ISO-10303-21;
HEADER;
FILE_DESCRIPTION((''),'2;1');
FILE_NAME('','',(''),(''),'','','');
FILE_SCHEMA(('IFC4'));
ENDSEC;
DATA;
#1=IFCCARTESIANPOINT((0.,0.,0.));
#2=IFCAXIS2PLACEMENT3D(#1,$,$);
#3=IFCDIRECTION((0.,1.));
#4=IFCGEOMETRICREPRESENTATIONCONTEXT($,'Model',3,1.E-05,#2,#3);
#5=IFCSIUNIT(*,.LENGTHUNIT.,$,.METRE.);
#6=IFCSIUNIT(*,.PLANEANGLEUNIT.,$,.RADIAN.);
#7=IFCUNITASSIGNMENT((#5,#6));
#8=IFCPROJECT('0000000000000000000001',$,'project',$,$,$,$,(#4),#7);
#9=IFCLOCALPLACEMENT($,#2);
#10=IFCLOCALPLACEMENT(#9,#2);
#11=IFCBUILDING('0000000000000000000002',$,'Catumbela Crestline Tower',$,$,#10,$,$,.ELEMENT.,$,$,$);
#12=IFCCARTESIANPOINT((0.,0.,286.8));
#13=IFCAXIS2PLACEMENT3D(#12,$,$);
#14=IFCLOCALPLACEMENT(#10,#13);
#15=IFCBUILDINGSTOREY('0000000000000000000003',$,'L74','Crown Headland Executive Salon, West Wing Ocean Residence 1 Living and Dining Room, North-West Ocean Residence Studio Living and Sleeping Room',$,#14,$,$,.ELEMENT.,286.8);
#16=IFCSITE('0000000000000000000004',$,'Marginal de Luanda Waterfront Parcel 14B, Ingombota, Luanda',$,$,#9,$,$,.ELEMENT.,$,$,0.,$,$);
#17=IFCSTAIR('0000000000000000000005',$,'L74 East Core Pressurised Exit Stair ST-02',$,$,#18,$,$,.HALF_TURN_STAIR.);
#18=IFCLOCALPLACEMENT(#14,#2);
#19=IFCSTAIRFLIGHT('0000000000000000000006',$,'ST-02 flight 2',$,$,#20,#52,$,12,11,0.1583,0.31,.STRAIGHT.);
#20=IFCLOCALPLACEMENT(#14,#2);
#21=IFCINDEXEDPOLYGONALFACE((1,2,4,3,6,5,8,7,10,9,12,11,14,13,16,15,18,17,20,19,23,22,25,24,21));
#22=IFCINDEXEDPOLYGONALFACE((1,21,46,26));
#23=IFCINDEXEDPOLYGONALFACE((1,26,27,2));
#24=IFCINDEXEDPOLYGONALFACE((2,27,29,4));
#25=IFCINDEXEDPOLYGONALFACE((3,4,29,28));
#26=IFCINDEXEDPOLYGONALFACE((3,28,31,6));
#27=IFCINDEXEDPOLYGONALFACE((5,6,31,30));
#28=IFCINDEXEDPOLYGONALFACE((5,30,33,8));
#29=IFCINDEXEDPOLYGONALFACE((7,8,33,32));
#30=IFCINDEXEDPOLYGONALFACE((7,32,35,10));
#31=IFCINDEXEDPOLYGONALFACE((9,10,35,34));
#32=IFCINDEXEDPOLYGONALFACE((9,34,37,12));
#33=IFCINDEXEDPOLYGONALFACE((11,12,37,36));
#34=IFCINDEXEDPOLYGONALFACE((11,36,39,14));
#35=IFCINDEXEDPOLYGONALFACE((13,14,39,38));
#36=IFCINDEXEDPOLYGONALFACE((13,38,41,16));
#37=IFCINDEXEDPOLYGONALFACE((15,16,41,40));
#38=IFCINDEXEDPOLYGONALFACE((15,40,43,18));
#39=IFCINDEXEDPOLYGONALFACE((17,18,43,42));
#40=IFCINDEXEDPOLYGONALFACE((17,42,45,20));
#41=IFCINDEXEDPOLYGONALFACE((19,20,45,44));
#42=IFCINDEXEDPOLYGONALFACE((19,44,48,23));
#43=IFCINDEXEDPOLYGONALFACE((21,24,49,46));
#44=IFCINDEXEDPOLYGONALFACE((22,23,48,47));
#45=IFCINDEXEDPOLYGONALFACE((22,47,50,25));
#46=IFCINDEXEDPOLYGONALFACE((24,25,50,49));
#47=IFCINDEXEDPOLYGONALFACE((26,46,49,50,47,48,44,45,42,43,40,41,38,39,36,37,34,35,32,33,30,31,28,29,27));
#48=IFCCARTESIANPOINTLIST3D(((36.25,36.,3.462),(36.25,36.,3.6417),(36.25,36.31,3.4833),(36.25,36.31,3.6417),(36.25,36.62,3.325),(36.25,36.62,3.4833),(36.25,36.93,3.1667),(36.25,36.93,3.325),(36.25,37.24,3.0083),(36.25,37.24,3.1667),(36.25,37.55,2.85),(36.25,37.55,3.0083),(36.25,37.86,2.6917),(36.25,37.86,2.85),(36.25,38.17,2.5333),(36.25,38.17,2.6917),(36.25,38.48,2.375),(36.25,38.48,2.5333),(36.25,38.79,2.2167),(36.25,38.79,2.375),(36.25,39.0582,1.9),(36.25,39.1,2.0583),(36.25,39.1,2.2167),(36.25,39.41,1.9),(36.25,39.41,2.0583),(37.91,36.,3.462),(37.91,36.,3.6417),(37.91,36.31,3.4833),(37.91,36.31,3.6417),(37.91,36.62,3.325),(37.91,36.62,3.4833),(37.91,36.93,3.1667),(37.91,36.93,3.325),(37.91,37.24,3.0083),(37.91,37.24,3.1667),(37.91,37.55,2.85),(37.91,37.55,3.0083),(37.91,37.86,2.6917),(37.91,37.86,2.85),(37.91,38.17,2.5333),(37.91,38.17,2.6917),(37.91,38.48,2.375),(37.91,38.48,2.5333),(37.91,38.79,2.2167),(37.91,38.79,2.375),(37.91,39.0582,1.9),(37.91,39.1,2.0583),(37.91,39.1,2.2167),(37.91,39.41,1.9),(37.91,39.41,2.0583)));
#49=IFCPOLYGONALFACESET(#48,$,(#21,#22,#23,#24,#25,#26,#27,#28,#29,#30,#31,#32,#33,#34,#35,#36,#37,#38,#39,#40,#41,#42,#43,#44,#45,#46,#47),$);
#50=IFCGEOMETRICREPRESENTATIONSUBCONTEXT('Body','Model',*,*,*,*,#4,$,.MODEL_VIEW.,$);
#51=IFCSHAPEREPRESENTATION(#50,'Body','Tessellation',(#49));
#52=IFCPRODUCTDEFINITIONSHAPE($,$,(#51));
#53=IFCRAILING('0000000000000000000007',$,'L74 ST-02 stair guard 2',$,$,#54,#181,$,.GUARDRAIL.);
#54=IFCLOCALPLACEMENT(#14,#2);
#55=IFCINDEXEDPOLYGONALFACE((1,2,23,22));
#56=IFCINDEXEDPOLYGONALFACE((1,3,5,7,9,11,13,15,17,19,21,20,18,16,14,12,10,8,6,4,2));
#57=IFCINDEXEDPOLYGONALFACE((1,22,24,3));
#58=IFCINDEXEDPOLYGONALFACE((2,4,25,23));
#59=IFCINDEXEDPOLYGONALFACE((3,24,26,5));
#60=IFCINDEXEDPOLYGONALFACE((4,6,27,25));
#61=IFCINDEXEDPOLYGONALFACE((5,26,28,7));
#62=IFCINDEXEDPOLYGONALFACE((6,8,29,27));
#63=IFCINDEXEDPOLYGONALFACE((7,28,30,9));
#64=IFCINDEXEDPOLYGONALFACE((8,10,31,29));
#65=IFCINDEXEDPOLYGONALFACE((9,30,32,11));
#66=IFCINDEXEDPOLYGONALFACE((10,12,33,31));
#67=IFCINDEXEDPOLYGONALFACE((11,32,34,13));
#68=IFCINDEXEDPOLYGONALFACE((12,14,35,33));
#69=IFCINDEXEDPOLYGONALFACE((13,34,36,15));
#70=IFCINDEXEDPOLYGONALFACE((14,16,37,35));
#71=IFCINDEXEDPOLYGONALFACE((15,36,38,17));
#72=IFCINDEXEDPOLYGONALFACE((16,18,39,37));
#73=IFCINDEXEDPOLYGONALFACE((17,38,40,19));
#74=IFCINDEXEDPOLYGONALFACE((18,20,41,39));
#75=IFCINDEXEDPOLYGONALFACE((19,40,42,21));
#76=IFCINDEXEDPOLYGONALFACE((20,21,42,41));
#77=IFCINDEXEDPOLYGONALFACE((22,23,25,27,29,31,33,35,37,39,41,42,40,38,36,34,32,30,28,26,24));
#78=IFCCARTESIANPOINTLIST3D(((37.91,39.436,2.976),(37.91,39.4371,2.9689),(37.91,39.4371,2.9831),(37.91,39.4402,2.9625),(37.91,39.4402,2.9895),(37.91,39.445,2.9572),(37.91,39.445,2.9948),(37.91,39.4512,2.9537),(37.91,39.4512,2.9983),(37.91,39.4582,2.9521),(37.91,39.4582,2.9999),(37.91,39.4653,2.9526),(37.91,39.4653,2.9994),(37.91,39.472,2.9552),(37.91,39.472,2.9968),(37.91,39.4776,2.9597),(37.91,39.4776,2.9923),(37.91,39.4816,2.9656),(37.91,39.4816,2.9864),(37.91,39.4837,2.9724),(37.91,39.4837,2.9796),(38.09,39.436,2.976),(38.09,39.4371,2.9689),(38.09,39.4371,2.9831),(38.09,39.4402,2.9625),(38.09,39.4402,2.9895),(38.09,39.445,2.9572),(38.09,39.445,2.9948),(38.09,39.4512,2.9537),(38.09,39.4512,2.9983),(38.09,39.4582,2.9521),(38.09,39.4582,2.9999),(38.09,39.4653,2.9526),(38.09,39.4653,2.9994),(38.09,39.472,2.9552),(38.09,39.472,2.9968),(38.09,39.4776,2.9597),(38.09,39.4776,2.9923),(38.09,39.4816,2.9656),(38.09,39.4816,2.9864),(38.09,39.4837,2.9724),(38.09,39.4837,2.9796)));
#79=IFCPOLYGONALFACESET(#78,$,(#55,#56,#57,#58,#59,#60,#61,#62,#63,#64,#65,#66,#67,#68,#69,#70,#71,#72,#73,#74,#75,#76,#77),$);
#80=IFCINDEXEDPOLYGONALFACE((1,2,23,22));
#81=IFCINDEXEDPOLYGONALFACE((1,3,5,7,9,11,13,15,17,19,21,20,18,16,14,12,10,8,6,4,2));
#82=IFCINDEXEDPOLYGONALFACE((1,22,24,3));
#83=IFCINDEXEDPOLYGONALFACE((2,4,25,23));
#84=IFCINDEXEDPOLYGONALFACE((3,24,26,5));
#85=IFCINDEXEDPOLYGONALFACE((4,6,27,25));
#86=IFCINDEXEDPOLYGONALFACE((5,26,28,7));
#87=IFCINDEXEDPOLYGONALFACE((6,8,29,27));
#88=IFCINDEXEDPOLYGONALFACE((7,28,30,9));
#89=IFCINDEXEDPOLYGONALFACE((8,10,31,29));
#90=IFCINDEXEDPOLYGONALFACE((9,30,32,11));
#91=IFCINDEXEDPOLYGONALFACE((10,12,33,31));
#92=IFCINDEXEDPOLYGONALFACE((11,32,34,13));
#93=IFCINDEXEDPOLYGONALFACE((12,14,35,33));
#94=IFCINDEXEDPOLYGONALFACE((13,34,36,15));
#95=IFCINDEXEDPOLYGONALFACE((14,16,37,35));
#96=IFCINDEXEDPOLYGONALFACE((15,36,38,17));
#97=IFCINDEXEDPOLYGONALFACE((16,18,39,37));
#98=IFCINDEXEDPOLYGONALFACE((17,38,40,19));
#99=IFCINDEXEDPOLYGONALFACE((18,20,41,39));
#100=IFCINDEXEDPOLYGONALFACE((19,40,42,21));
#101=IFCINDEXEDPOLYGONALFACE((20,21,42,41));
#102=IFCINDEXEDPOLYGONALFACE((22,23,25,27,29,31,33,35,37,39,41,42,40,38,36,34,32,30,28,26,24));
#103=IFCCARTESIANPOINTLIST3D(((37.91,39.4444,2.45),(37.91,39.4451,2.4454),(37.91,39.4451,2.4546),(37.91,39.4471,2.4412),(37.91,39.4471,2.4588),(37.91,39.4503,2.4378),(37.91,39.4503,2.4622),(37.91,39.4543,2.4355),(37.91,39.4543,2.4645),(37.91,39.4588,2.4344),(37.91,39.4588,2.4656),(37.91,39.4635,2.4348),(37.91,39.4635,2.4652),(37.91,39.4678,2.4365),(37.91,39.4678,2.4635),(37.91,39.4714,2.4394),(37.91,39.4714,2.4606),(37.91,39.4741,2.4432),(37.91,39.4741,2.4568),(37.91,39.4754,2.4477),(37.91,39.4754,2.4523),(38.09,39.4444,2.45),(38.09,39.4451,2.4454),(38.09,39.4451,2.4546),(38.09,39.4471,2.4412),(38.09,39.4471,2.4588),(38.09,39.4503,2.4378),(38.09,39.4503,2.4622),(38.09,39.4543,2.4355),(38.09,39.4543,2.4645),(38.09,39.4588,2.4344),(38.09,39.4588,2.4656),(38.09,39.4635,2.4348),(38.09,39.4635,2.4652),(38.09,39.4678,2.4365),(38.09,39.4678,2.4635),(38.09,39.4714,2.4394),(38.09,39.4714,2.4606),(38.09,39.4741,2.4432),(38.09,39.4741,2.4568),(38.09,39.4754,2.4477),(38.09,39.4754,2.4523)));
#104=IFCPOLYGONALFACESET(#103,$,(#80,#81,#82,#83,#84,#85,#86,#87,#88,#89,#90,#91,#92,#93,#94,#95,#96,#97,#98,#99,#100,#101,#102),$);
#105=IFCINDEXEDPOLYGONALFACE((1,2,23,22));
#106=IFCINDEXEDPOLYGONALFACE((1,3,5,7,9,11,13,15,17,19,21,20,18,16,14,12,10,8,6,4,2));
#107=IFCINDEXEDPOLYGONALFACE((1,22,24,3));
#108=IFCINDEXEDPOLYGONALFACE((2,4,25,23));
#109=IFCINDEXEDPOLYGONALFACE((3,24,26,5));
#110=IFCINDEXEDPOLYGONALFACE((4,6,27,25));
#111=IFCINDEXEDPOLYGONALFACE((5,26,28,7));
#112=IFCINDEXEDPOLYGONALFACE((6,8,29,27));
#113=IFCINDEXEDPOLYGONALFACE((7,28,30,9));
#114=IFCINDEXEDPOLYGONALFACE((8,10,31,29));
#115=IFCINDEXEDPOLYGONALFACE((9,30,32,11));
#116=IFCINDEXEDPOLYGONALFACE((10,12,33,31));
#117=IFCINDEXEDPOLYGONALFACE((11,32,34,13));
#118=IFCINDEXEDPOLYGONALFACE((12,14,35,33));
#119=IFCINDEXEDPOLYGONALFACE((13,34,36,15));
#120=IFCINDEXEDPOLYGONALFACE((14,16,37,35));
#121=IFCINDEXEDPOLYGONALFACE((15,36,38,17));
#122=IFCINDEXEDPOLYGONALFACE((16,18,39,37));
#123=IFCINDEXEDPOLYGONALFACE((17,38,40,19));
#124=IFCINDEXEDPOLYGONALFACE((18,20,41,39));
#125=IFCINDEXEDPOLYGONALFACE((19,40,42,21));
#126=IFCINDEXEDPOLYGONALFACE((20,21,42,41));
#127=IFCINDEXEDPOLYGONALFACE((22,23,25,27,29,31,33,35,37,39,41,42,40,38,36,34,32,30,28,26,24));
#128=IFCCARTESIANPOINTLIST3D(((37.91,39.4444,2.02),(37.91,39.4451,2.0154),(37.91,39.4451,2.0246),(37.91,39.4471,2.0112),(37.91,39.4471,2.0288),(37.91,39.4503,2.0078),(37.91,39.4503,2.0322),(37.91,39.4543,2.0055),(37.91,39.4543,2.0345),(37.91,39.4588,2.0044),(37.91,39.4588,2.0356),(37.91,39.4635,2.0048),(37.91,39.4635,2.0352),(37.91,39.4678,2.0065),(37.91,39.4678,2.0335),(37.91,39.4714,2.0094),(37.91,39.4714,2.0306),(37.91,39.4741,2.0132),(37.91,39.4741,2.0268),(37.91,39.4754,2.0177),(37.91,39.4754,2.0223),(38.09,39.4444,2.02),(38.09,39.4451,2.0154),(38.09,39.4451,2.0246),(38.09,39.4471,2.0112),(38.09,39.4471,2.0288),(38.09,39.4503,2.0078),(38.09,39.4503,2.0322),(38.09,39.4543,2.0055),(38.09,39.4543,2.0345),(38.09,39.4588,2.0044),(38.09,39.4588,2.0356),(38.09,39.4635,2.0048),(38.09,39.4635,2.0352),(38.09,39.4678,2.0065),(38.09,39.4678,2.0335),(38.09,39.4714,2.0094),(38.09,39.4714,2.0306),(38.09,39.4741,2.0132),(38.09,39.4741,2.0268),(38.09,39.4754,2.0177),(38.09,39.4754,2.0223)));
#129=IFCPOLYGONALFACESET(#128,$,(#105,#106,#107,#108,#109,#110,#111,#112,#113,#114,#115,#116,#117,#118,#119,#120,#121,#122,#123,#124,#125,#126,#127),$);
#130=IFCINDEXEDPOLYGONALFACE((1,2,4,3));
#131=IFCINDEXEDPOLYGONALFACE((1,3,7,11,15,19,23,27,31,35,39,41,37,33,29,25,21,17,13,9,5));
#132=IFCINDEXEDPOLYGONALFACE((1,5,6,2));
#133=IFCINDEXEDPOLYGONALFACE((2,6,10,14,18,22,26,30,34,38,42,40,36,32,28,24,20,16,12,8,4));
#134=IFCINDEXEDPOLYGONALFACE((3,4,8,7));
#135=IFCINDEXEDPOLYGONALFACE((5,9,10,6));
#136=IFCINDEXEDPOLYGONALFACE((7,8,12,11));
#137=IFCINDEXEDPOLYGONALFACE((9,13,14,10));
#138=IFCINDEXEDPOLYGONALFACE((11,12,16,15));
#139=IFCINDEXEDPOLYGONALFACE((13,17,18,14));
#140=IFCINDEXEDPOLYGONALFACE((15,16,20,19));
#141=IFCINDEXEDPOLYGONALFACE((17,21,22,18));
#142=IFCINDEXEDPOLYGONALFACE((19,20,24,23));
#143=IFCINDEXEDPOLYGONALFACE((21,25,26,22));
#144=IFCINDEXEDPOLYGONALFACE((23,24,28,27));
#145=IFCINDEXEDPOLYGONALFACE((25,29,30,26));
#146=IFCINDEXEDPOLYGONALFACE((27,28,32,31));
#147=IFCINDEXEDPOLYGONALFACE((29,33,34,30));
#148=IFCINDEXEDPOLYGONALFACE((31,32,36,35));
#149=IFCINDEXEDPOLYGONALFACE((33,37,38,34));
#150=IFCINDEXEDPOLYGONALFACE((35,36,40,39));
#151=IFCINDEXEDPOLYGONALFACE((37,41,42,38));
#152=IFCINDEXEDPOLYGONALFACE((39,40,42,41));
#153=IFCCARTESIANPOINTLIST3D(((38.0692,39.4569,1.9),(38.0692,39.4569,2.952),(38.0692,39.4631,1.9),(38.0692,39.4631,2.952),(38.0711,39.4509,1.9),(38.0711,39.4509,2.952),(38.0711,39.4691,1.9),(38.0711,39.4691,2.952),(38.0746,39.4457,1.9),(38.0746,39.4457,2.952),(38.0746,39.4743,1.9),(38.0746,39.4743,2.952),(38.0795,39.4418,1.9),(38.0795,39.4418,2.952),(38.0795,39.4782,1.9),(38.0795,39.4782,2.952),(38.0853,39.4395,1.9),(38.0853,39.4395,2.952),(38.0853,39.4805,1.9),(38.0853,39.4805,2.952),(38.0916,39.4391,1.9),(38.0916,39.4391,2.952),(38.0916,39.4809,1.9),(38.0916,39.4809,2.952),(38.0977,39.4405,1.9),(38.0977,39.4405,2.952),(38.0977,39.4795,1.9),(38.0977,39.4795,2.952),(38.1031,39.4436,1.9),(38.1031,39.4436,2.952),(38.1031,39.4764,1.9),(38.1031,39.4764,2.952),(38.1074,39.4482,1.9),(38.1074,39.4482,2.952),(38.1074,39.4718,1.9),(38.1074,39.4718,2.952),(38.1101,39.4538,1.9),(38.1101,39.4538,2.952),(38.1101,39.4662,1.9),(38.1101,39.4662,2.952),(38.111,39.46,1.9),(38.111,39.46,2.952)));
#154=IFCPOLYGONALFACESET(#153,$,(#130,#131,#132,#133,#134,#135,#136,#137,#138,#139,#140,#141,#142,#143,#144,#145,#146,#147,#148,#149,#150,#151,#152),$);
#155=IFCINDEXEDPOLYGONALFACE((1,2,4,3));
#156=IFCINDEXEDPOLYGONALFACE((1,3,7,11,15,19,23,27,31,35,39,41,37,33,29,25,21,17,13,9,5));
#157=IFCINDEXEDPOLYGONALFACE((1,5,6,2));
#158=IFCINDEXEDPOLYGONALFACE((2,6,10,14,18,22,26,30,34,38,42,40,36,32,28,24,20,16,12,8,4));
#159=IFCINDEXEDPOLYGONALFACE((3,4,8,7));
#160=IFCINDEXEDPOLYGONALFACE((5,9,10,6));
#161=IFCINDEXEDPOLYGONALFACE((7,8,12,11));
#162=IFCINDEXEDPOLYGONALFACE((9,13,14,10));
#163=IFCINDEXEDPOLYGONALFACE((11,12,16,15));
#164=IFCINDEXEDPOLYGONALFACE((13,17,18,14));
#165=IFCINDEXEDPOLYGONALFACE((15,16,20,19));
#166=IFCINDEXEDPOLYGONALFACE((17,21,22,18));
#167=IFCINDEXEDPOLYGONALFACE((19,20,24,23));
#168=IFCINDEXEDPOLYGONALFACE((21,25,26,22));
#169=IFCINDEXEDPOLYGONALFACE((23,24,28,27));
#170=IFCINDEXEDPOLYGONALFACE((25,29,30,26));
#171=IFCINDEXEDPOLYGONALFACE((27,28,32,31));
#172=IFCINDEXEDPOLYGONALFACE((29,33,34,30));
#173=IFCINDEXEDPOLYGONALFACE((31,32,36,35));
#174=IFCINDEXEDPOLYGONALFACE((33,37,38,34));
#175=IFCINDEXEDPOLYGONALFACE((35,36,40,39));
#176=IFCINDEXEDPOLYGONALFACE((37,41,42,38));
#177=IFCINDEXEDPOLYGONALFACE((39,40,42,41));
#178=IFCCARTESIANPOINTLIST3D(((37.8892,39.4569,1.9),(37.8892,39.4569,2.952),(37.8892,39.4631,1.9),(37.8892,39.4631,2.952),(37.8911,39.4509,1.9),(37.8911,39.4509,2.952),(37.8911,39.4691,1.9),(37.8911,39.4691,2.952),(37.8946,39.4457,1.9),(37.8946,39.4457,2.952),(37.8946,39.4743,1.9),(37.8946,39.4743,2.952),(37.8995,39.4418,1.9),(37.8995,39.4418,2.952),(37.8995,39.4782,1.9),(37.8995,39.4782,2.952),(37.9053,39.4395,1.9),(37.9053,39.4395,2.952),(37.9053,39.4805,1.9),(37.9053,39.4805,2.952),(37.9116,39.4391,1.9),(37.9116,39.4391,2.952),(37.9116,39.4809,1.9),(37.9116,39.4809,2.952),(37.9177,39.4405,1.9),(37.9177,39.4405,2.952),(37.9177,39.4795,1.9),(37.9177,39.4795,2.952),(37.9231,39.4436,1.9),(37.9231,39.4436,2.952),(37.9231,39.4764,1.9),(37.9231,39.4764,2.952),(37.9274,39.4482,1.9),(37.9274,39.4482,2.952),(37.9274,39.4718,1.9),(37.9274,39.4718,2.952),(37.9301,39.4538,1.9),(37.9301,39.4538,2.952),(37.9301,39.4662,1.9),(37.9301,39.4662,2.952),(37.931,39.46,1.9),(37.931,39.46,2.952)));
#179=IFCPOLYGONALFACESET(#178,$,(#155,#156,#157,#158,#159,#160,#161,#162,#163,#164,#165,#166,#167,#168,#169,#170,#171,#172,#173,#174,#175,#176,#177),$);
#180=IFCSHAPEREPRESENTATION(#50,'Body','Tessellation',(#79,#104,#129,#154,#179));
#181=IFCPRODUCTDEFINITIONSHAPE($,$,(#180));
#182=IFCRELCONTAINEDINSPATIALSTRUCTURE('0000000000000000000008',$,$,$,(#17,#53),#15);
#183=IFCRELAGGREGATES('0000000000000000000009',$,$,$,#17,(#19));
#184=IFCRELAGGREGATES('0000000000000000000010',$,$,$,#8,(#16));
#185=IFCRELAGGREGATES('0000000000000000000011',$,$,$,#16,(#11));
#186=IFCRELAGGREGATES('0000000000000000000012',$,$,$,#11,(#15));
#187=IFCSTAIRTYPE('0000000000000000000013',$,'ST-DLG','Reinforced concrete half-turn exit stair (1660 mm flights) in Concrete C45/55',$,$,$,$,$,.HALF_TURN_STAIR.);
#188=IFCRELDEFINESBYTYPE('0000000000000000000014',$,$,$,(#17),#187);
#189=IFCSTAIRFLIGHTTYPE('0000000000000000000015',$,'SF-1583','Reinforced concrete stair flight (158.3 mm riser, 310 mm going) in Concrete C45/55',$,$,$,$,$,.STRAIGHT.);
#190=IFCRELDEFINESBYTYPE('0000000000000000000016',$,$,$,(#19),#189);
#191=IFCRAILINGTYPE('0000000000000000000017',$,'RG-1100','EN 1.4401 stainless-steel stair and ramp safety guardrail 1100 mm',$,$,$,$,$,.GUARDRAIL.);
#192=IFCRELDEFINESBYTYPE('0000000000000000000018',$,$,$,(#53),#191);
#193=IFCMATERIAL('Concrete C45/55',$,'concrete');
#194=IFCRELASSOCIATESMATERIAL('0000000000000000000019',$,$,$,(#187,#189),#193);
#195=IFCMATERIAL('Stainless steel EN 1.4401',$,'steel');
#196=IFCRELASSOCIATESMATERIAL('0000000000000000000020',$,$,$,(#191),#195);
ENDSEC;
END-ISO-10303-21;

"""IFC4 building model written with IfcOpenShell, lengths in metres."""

from ifc_helpers import new_model, si_unit, direction, frame, origin, origin_2d, place, context, subcontext, project, spatial, polyline, circle, outline, extrude, material, type_object, element, aggregate, save


model = new_model("IFC4")

# Units and contexts
model_context = context("Model", 3, precision=1e-05, world=origin(), true_north=direction((0.0, 1.0)))
body_context = subcontext(model_context, "Body", "Model", "MODEL_VIEW")
ifc_project = project(units=[si_unit("LENGTHUNIT", "METRE"), si_unit("PLANEANGLEUNIT", "RADIAN")], contexts=[model_context])

# Site, building, storey
site_placement = place(None, origin())
site = spatial("IfcSite", under=ifc_project, at=site_placement, Name="Marginal de Luanda Waterfront Parcel 14B, Ingombota, Luanda", CompositionType="ELEMENT", RefElevation=0.0)
building_placement = place(site_placement, origin())
building = spatial("IfcBuilding", under=site, at=building_placement, Name="Catumbela Crestline Tower", CompositionType="ELEMENT")
storey_placement = place(building_placement, frame((0.0, 0.0, 286.8)))
storey = spatial("IfcBuildingStorey", under=building, at=storey_placement, Name="L74", Description="Crown Headland Executive Salon, West Wing Ocean Residence 1 Living and Dining Room, North-West Ocean Residence Studio Living and Sleeping Room", CompositionType="ELEMENT", Elevation=286.8)

# Shared definitions
ifc_material_1 = material(Name="Stainless steel EN 1.4401", Category="steel")

# Stair, stair flight
ifc_material_2 = material(Name="Concrete C45/55", Category="concrete")
stair_type = type_object("IfcStairType", Name="ST-DLG", Description="Reinforced concrete half-turn exit stair (1660 mm flights) in Concrete C45/55", PredefinedType="HALF_TURN_STAIR", material=ifc_material_2)
stair_placement = place(storey_placement, origin())
stair = element("IfcStair", 1, at=stair_placement, inside=storey, type_object=stair_type, Name="L74 East Core Pressurised Exit Stair ST-02", PredefinedType="HALF_TURN_STAIR")
stair_flight_type = type_object("IfcStairFlightType", Name="SF-1583", Description="Reinforced concrete stair flight (158.3 mm riser, 310 mm going) in Concrete C45/55", PredefinedType="STRAIGHT", material=ifc_material_2)
stair_flight_placement = place(storey_placement, frame((37.08, 39.41, 1.9), z_axis=(0.0, 0.0, 1.0), x_axis=(0.0, -1.0, 0.0)))
stair_flight = element("IfcStairFlight", 2, at=stair_flight_placement, type_object=stair_flight_type, Name="ST-02 flight 2", NumberOfRisers=12, NumberOfTreads=11, PredefinedType="STRAIGHT", RiserHeight=0.1583, TreadLength=0.31, context=body_context, shape_type="SweptSolid", body=[
    extrude(outline(polyline([(0.0, 0.0), (0.0, 0.1583), (0.31, 0.1583), (0.31, 0.3167), (0.62, 0.3167), (0.62, 0.475), (0.93, 0.475), (0.93, 0.6333), (1.24, 0.6333), (1.24, 0.7917), (1.55, 0.7917), (1.55, 0.95), (1.86, 0.95), (1.86, 1.1083), (2.17, 1.1083), (2.17, 1.2667), (2.48, 1.2667), (2.48, 1.425), (2.79, 1.425), (2.79, 1.5833), (3.1, 1.5833), (3.1, 1.7417), (3.41, 1.7417), (3.41, 1.9), (3.41, 1.562), (0.3518, 0.0), (0.0, 0.0)])), frame((0.0, 0.83, 0.0), z_axis=(0.0, -1.0, 0.0), x_axis=(1.0, 0.0, 0.0)), (0.0, 0.0, 1.0), 1.66),
])
aggregate(stair, [stair_flight])

# Railing
railing_type_1 = type_object("IfcRailingType", Name="RG-1100", Description="EN 1.4401 stainless-steel stair and ramp safety guardrail 1100 mm", PredefinedType="GUARDRAIL", material=ifc_material_1)
railing_1_placement = place(storey_placement, frame((38.09, 39.46, 1.9)))
element("IfcRailing", 3, at=railing_1_placement, inside=storey, type_object=railing_type_1, Name="L74 ST-02 stair guard 2", PredefinedType="GUARDRAIL", context=body_context, shape_type="SweptSolid", body=[
    extrude(circle(Radius=0.024, at=origin_2d()), frame((0.0, 0.0, 1.076), z_axis=(-1.0, 0.0, 0.0), x_axis=(0.0, -1.0, 0.0)), (0.0, 0.0, 1.0), 0.18),
    extrude(circle(Radius=0.0156, at=origin_2d()), frame((0.0, 0.0, 0.55), z_axis=(-1.0, 0.0, 0.0), x_axis=(0.0, -1.0, 0.0)), (0.0, 0.0, 1.0), 0.18),
    extrude(circle(Radius=0.0156, at=origin_2d()), frame((0.0, 0.0, 0.12), z_axis=(-1.0, 0.0, 0.0), x_axis=(0.0, -1.0, 0.0)), (0.0, 0.0, 1.0), 0.18),
    extrude(circle(Radius=0.021, at=origin_2d()), origin(), (0.0, 0.0, 1.0), 1.052),
    extrude(circle(Radius=0.021, at=origin_2d()), frame((-0.18, 0.0, 0.0)), (0.0, 0.0, 1.0), 1.052),
])

save(model, "model.ifc")
